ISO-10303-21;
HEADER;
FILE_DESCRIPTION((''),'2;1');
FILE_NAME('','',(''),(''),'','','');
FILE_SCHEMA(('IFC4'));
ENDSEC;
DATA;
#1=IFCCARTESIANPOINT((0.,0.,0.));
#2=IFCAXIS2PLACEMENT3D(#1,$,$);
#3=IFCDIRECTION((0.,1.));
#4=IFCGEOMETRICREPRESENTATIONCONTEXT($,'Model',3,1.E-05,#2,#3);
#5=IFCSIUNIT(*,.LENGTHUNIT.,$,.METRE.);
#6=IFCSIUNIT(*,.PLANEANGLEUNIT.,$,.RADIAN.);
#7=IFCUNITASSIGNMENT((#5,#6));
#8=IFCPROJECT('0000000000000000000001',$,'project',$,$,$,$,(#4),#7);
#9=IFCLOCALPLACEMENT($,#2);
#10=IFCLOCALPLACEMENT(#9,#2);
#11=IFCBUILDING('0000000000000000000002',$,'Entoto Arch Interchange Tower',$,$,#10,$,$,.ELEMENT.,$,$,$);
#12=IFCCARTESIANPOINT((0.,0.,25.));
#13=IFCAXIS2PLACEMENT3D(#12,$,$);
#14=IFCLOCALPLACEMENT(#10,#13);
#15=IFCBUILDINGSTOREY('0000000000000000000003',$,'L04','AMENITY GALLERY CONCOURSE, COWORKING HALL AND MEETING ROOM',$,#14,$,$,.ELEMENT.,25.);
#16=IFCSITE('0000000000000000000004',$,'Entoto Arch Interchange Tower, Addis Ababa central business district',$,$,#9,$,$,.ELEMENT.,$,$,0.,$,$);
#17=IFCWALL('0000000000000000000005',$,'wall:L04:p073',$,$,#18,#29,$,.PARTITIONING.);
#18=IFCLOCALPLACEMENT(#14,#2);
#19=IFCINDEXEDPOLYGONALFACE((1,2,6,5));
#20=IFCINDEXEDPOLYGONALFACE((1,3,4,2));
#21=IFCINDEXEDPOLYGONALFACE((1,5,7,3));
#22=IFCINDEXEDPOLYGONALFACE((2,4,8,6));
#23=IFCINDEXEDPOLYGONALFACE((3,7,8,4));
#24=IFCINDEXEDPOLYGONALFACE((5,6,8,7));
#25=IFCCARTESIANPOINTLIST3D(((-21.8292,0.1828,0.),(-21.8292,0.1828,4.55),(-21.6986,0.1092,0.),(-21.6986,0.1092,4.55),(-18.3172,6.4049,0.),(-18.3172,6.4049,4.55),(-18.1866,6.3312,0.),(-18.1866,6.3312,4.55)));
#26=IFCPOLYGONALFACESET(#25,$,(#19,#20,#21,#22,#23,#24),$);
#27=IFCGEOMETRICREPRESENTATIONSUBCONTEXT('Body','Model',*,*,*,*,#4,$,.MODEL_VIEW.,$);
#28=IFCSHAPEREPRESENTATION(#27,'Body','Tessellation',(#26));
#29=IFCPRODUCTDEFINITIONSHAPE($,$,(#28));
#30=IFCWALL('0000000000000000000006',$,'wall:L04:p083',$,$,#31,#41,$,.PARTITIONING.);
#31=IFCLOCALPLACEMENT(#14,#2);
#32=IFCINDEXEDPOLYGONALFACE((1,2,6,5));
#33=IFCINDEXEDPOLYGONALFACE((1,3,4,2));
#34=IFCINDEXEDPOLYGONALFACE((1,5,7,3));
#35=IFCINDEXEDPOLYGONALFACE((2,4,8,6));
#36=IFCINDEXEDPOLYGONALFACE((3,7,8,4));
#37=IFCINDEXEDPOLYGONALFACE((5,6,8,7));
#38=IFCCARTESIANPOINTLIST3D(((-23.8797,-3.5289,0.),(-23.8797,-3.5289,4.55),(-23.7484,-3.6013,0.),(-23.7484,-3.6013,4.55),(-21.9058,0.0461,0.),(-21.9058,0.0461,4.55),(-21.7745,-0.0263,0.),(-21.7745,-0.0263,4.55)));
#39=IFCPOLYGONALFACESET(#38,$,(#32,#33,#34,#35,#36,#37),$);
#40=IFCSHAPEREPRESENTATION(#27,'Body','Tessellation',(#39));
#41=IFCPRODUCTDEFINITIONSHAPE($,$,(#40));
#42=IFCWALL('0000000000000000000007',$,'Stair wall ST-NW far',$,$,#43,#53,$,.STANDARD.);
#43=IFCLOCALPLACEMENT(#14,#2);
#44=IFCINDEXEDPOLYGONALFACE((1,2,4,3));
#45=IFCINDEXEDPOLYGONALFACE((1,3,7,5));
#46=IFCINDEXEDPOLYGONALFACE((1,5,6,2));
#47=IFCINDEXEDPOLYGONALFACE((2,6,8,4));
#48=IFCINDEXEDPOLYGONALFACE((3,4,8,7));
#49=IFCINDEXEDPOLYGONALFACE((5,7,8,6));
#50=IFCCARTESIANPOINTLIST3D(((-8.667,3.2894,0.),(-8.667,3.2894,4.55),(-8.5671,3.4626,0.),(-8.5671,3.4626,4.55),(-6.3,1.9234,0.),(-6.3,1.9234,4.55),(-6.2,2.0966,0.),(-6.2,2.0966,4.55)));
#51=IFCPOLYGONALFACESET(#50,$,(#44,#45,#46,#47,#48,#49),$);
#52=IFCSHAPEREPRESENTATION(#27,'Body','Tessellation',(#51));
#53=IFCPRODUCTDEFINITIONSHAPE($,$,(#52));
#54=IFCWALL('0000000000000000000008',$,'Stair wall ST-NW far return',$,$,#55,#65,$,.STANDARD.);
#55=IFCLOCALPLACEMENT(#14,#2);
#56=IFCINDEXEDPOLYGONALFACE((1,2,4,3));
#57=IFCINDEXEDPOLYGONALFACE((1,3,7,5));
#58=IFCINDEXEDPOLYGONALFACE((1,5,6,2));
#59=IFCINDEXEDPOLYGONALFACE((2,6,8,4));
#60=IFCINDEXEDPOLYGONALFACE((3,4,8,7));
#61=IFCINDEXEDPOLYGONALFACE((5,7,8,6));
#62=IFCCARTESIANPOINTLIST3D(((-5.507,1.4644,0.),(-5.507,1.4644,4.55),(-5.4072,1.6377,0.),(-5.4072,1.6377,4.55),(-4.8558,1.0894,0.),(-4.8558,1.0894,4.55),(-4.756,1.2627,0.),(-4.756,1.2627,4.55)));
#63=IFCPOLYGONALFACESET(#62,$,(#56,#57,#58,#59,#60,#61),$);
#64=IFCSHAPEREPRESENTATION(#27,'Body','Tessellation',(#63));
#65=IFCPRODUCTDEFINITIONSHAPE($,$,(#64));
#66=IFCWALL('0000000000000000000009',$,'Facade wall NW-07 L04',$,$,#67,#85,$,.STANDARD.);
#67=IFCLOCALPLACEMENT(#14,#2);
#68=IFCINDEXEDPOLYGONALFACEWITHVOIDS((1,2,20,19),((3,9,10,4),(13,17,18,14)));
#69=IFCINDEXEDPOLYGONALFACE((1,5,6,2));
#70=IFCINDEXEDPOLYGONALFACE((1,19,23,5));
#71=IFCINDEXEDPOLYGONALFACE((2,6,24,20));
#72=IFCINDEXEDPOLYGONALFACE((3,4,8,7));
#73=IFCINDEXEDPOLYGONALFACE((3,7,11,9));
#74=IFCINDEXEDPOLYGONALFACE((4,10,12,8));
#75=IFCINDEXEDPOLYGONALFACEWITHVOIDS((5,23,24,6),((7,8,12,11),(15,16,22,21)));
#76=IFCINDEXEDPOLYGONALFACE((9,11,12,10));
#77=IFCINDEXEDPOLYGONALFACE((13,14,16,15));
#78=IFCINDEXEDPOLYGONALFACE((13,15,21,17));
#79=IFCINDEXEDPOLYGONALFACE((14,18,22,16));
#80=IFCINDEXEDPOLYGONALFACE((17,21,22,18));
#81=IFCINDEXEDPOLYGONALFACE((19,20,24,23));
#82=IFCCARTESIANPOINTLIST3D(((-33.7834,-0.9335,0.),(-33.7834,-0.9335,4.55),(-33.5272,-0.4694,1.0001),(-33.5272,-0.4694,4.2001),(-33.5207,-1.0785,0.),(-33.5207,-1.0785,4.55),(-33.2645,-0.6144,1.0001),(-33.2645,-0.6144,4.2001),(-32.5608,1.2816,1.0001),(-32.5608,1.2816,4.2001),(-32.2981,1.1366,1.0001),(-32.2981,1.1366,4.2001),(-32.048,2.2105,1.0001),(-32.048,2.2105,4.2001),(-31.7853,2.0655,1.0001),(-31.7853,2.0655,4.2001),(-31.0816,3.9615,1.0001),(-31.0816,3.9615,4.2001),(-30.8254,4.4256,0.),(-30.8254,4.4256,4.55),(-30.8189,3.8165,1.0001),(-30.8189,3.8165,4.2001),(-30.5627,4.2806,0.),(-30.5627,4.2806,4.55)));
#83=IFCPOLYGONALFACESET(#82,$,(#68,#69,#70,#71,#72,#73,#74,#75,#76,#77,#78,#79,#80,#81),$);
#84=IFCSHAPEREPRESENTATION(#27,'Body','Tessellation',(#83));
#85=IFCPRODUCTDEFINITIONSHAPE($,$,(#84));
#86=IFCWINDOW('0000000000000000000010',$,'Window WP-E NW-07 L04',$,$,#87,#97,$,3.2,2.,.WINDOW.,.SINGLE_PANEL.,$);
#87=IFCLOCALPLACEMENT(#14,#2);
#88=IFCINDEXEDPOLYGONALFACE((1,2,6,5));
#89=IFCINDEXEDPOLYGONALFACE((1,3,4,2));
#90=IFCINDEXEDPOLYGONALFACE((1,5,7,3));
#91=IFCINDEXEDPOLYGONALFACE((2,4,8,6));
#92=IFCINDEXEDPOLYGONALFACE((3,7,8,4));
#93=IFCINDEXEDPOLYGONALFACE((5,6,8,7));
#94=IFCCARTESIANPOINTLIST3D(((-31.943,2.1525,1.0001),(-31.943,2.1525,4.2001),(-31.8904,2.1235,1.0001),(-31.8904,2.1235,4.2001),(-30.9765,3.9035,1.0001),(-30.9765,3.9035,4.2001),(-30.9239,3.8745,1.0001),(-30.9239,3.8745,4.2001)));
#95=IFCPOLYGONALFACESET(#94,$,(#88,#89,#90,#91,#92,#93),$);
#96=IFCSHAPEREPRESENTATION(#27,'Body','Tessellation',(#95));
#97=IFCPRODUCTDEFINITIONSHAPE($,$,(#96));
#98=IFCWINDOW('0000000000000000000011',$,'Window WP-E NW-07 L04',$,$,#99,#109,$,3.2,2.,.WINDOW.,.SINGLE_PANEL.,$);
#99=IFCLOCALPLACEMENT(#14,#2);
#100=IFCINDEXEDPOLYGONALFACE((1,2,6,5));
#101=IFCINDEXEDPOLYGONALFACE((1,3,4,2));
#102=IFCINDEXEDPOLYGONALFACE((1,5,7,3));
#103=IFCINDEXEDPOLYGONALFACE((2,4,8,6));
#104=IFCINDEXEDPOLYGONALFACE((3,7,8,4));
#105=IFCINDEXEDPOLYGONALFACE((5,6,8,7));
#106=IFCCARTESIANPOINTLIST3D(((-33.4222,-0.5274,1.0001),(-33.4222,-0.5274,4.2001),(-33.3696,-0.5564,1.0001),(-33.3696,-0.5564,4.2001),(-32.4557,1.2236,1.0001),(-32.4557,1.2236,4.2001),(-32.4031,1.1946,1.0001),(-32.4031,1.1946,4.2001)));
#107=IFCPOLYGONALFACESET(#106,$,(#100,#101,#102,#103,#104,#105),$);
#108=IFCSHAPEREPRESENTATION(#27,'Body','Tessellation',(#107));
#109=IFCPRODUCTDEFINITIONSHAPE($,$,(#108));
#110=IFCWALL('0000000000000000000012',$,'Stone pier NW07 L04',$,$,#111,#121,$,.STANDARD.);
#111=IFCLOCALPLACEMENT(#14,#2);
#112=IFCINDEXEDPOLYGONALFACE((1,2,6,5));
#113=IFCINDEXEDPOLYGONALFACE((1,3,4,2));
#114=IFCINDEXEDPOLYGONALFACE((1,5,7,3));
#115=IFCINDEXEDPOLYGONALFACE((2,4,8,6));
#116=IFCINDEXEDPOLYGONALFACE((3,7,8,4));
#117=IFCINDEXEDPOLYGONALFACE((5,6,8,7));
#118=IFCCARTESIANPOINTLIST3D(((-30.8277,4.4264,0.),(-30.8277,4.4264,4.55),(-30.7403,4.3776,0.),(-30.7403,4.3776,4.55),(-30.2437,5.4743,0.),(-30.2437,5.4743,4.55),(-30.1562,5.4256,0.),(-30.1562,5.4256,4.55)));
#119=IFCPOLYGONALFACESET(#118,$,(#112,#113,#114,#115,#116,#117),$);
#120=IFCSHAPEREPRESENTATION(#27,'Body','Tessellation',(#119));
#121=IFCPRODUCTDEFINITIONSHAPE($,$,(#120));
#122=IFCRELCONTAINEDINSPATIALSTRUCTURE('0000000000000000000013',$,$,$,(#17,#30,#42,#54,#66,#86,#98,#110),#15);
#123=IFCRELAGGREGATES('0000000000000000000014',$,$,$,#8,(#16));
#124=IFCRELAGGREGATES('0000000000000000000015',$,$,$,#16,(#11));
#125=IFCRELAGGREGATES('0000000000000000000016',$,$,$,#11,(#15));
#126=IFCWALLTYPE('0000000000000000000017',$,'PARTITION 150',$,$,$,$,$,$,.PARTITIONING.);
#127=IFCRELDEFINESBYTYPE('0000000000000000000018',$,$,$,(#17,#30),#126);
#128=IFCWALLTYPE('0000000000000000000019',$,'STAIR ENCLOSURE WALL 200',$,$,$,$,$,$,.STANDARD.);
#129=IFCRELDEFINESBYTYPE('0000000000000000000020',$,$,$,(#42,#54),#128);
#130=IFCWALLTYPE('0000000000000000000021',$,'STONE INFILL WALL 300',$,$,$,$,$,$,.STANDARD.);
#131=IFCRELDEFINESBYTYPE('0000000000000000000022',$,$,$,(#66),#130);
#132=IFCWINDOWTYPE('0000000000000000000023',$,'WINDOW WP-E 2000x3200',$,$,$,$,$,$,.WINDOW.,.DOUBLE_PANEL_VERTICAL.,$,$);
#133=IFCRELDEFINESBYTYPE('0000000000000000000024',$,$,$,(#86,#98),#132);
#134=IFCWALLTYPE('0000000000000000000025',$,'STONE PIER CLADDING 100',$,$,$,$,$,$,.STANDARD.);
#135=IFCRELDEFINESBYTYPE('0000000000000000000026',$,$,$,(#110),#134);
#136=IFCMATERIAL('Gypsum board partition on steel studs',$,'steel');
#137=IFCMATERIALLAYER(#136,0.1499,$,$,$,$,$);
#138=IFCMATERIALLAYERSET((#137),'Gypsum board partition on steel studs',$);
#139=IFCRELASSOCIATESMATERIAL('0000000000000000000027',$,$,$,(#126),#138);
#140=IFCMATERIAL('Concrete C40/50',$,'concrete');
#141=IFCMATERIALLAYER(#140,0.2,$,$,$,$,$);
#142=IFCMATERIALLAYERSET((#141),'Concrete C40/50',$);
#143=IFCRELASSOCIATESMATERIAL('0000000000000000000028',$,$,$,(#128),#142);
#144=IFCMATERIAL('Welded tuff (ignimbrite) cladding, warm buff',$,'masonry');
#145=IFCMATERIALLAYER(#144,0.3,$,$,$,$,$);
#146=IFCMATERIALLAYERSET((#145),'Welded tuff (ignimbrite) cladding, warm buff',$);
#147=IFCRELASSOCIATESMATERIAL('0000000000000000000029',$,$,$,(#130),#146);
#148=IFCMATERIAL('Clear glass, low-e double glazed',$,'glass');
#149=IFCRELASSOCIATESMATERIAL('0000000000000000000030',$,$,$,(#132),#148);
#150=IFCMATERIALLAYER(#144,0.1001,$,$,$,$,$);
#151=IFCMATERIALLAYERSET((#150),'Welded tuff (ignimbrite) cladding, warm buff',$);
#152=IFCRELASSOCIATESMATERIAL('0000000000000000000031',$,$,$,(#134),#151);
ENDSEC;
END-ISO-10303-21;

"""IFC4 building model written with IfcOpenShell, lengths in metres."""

from ifc_helpers import new_model, si_unit, direction, frame, frame_2d, origin, place, context, subcontext, project, spatial, rectangle, extrude, material, layer, layer_set, type_object, element, fill, save


model = new_model("IFC4")

# Units and contexts
model_context = context("Model", 3, precision=1e-05, world=origin(), true_north=direction((0.0, 1.0)))
body_context = subcontext(model_context, "Body", "Model", "MODEL_VIEW")
ifc_project = project(units=[si_unit("LENGTHUNIT", "METRE"), si_unit("PLANEANGLEUNIT", "RADIAN")], contexts=[model_context])

# Site, building, storey
site_placement = place(None, origin())
site = spatial("IfcSite", under=ifc_project, at=site_placement, Name="Entoto Arch Interchange Tower, Addis Ababa central business district", CompositionType="ELEMENT", RefElevation=0.0)
building_placement = place(site_placement, origin())
building = spatial("IfcBuilding", under=site, at=building_placement, Name="Entoto Arch Interchange Tower", CompositionType="ELEMENT")
storey_placement = place(building_placement, frame((0.0, 0.0, 25.0)))
storey = spatial("IfcBuildingStorey", under=building, at=storey_placement, Name="L04", Description="AMENITY GALLERY CONCOURSE, COWORKING HALL AND MEETING ROOM", CompositionType="ELEMENT", Elevation=25.0)

# Shared definitions
ifc_material_1 = material(Name="Concrete C40/50", Category="concrete")

# Walls
ifc_material_2 = material(Name="Gypsum board partition on steel studs", Category="steel")
ifc_layer_1 = layer(ifc_material_2, 0.1499)
ifc_layer_set_1 = layer_set([ifc_layer_1], Name="Gypsum board partition on steel studs")
wall_type_1 = type_object("IfcWallType", Name="PARTITION 150", PredefinedType="PARTITIONING", material=ifc_layer_set_1)
wall_1_placement = place(storey_placement, frame((-18.252, 6.3679, 0.0), z_axis=(0.0, 0.0, 1.0), x_axis=(-0.49155, -0.870849, 0.0)))
element("IfcWall", 1, at=wall_1_placement, inside=storey, type_object=wall_type_1, Name="wall:L04:p073", PredefinedType="PARTITIONING", context=body_context, shape_type="SweptSolid", body=[
    extrude(rectangle(XDim=7.1448, YDim=0.1499, at=frame_2d((3.5723, 0.0))), origin(), (0.0, 0.0, 1.0), 4.55),
])
wall_2_placement = place(storey_placement, frame((-21.8401, 0.01, 0.0), z_axis=(0.0, 0.0, 1.0), x_axis=(-0.483357, -0.875423, 0.0)))
element("IfcWall", 2, at=wall_2_placement, inside=storey, type_object=wall_type_1, Name="wall:L04:p083", PredefinedType="PARTITIONING", context=body_context, shape_type="SweptSolid", body=[
    extrude(rectangle(XDim=4.0837, YDim=0.1499, at=frame_2d((2.042, 0.0))), origin(), (0.0, 0.0, 1.0), 4.55),
])
ifc_layer_2 = layer(ifc_material_1, 0.2)
ifc_layer_set_2 = layer_set([ifc_layer_2], Name="Concrete C40/50")
wall_type_2 = type_object("IfcWallType", Name="STAIR ENCLOSURE WALL 200", PredefinedType="STANDARD", material=ifc_layer_set_2)
wall_3_placement = place(storey_placement, frame((-6.25, 2.01, 0.0), z_axis=(0.0, 0.0, 1.0), x_axis=(-0.866119, 0.499838, 0.0)))
element("IfcWall", 3, at=wall_3_placement, inside=storey, type_object=wall_type_2, Name="Stair wall ST-NW far", PredefinedType="STANDARD", context=body_context, shape_type="SweptSolid", body=[
    extrude(rectangle(XDim=2.7329, YDim=0.2, at=frame_2d((1.3665, 0.0))), origin(), (0.0, 0.0, 1.0), 4.55),
])
wall_4_placement = place(storey_placement, frame((-4.8059, 1.176, 0.0), z_axis=(0.0, 0.0, 1.0), x_axis=(-0.866559, 0.499075, 0.0)))
element("IfcWall", 4, at=wall_4_placement, inside=storey, type_object=wall_type_2, Name="Stair wall ST-NW far return", PredefinedType="STANDARD", context=body_context, shape_type="SweptSolid", body=[
    extrude(rectangle(XDim=0.7515, YDim=0.2, at=frame_2d((0.3757, 0.0))), origin(), (0.0, 0.0, 1.0), 4.55),
])

# Wall, openings, windows
ifc_material_3 = material(Name="Welded tuff (ignimbrite) cladding, warm buff", Category="masonry")
ifc_layer_3 = layer(ifc_material_3, 0.3)
ifc_layer_set_3 = layer_set([ifc_layer_3], Name="Welded tuff (ignimbrite) cladding, warm buff")
wall_type_3 = type_object("IfcWallType", Name="STONE INFILL WALL 300", PredefinedType="STANDARD", material=ifc_layer_set_3)
wall_5_placement = place(storey_placement, frame((-30.6941, 4.353, 0.0), z_axis=(0.0, 0.0, 1.0), x_axis=(-0.483233, -0.875492, 0.0)))
wall_5 = element("IfcWall", 5, at=wall_5_placement, inside=storey, type_object=wall_type_3, Name="Facade wall NW-07 L04", PredefinedType="STANDARD", context=body_context, shape_type="SweptSolid", body=[
    extrude(rectangle(XDim=6.1213, YDim=0.3, at=frame_2d((3.0605, 0.0))), origin(), (0.0, 0.0, 1.0), 4.55),
])
opening_1_placement = place(wall_5_placement, frame((0.53, 0.0, 1.0)))
opening_1 = element("IfcOpeningElement", 6, at=opening_1_placement, cuts=wall_5, PredefinedType="OPENING", context=body_context, shape_type="SweptSolid", body=[
    extrude(rectangle(XDim=2.0, YDim=3.2, at=frame_2d((1.0, 1.6001))), frame((0.0, 0.1602, 0.0), z_axis=(0.0, -1.0, 0.0), x_axis=(1.0, 0.0, 0.0)), (0.0, 0.0, 1.0), 0.3201),
])
opening_2_placement = place(wall_5_placement, frame((3.5911, 0.0, 1.0)))
opening_2 = element("IfcOpeningElement", 7, at=opening_2_placement, cuts=wall_5, PredefinedType="OPENING", context=body_context, shape_type="SweptSolid", body=[
    extrude(rectangle(XDim=2.0, YDim=3.2, at=frame_2d((1.0, 1.6001))), frame((0.0, 0.1602, 0.0), z_axis=(0.0, -1.0, 0.0), x_axis=(1.0, 0.0, 0.0)), (0.0, 0.0, 1.0), 0.3201),
])
ifc_material_4 = material(Name="Clear glass, low-e double glazed", Category="glass")
window_type = type_object("IfcWindowType", Name="WINDOW WP-E 2000x3200", PartitioningType="DOUBLE_PANEL_VERTICAL", PredefinedType="WINDOW", material=ifc_material_4)
window_1_placement = place(opening_1_placement, origin())
window_1 = element("IfcWindow", 8, at=window_1_placement, inside=storey, type_object=window_type, Name="Window WP-E NW-07 L04", OverallHeight=3.2, OverallWidth=2.0, PartitioningType="SINGLE_PANEL", PredefinedType="WINDOW", context=body_context, shape_type="SweptSolid", body=[
    extrude(rectangle(XDim=2.0, YDim=3.2, at=frame_2d((1.0, 1.6001))), frame((0.0, 0.03, 0.0), z_axis=(0.0, -1.0, 0.0), x_axis=(1.0, 0.0, 0.0)), (0.0, 0.0, 1.0), 0.0601),
])
fill(opening_1, window_1)
window_2_placement = place(opening_2_placement, origin())
window_2 = element("IfcWindow", 9, at=window_2_placement, inside=storey, type_object=window_type, Name="Window WP-E NW-07 L04", OverallHeight=3.2, OverallWidth=2.0, PartitioningType="SINGLE_PANEL", PredefinedType="WINDOW", context=body_context, shape_type="SweptSolid", body=[
    extrude(rectangle(XDim=2.0, YDim=3.2, at=frame_2d((1.0, 1.6001))), frame((0.0, 0.03, 0.0), z_axis=(0.0, -1.0, 0.0), x_axis=(1.0, 0.0, 0.0)), (0.0, 0.0, 1.0), 0.0601),
])
fill(opening_2, window_2)

# Wall
ifc_layer_4 = layer(ifc_material_3, 0.1001)
ifc_layer_set_4 = layer_set([ifc_layer_4], Name="Welded tuff (ignimbrite) cladding, warm buff")
wall_type_4 = type_object("IfcWallType", Name="STONE PIER CLADDING 100", PredefinedType="STANDARD", material=ifc_layer_set_4)
wall_6_placement = place(storey_placement, frame((-30.2, 5.45, 0.0), z_axis=(0.0, 0.0, 1.0), x_axis=(-0.486818, -0.873504, 0.0)))
element("IfcWall", 10, at=wall_6_placement, inside=storey, type_object=wall_type_4, Name="Stone pier NW07 L04", PredefinedType="STANDARD", context=body_context, shape_type="SweptSolid", body=[
    extrude(rectangle(XDim=1.1997, YDim=0.1001, at=frame_2d((0.5999, 0.0))), origin(), (0.0, 0.0, 1.0), 4.55),
])

save(model, "model.ifc")
